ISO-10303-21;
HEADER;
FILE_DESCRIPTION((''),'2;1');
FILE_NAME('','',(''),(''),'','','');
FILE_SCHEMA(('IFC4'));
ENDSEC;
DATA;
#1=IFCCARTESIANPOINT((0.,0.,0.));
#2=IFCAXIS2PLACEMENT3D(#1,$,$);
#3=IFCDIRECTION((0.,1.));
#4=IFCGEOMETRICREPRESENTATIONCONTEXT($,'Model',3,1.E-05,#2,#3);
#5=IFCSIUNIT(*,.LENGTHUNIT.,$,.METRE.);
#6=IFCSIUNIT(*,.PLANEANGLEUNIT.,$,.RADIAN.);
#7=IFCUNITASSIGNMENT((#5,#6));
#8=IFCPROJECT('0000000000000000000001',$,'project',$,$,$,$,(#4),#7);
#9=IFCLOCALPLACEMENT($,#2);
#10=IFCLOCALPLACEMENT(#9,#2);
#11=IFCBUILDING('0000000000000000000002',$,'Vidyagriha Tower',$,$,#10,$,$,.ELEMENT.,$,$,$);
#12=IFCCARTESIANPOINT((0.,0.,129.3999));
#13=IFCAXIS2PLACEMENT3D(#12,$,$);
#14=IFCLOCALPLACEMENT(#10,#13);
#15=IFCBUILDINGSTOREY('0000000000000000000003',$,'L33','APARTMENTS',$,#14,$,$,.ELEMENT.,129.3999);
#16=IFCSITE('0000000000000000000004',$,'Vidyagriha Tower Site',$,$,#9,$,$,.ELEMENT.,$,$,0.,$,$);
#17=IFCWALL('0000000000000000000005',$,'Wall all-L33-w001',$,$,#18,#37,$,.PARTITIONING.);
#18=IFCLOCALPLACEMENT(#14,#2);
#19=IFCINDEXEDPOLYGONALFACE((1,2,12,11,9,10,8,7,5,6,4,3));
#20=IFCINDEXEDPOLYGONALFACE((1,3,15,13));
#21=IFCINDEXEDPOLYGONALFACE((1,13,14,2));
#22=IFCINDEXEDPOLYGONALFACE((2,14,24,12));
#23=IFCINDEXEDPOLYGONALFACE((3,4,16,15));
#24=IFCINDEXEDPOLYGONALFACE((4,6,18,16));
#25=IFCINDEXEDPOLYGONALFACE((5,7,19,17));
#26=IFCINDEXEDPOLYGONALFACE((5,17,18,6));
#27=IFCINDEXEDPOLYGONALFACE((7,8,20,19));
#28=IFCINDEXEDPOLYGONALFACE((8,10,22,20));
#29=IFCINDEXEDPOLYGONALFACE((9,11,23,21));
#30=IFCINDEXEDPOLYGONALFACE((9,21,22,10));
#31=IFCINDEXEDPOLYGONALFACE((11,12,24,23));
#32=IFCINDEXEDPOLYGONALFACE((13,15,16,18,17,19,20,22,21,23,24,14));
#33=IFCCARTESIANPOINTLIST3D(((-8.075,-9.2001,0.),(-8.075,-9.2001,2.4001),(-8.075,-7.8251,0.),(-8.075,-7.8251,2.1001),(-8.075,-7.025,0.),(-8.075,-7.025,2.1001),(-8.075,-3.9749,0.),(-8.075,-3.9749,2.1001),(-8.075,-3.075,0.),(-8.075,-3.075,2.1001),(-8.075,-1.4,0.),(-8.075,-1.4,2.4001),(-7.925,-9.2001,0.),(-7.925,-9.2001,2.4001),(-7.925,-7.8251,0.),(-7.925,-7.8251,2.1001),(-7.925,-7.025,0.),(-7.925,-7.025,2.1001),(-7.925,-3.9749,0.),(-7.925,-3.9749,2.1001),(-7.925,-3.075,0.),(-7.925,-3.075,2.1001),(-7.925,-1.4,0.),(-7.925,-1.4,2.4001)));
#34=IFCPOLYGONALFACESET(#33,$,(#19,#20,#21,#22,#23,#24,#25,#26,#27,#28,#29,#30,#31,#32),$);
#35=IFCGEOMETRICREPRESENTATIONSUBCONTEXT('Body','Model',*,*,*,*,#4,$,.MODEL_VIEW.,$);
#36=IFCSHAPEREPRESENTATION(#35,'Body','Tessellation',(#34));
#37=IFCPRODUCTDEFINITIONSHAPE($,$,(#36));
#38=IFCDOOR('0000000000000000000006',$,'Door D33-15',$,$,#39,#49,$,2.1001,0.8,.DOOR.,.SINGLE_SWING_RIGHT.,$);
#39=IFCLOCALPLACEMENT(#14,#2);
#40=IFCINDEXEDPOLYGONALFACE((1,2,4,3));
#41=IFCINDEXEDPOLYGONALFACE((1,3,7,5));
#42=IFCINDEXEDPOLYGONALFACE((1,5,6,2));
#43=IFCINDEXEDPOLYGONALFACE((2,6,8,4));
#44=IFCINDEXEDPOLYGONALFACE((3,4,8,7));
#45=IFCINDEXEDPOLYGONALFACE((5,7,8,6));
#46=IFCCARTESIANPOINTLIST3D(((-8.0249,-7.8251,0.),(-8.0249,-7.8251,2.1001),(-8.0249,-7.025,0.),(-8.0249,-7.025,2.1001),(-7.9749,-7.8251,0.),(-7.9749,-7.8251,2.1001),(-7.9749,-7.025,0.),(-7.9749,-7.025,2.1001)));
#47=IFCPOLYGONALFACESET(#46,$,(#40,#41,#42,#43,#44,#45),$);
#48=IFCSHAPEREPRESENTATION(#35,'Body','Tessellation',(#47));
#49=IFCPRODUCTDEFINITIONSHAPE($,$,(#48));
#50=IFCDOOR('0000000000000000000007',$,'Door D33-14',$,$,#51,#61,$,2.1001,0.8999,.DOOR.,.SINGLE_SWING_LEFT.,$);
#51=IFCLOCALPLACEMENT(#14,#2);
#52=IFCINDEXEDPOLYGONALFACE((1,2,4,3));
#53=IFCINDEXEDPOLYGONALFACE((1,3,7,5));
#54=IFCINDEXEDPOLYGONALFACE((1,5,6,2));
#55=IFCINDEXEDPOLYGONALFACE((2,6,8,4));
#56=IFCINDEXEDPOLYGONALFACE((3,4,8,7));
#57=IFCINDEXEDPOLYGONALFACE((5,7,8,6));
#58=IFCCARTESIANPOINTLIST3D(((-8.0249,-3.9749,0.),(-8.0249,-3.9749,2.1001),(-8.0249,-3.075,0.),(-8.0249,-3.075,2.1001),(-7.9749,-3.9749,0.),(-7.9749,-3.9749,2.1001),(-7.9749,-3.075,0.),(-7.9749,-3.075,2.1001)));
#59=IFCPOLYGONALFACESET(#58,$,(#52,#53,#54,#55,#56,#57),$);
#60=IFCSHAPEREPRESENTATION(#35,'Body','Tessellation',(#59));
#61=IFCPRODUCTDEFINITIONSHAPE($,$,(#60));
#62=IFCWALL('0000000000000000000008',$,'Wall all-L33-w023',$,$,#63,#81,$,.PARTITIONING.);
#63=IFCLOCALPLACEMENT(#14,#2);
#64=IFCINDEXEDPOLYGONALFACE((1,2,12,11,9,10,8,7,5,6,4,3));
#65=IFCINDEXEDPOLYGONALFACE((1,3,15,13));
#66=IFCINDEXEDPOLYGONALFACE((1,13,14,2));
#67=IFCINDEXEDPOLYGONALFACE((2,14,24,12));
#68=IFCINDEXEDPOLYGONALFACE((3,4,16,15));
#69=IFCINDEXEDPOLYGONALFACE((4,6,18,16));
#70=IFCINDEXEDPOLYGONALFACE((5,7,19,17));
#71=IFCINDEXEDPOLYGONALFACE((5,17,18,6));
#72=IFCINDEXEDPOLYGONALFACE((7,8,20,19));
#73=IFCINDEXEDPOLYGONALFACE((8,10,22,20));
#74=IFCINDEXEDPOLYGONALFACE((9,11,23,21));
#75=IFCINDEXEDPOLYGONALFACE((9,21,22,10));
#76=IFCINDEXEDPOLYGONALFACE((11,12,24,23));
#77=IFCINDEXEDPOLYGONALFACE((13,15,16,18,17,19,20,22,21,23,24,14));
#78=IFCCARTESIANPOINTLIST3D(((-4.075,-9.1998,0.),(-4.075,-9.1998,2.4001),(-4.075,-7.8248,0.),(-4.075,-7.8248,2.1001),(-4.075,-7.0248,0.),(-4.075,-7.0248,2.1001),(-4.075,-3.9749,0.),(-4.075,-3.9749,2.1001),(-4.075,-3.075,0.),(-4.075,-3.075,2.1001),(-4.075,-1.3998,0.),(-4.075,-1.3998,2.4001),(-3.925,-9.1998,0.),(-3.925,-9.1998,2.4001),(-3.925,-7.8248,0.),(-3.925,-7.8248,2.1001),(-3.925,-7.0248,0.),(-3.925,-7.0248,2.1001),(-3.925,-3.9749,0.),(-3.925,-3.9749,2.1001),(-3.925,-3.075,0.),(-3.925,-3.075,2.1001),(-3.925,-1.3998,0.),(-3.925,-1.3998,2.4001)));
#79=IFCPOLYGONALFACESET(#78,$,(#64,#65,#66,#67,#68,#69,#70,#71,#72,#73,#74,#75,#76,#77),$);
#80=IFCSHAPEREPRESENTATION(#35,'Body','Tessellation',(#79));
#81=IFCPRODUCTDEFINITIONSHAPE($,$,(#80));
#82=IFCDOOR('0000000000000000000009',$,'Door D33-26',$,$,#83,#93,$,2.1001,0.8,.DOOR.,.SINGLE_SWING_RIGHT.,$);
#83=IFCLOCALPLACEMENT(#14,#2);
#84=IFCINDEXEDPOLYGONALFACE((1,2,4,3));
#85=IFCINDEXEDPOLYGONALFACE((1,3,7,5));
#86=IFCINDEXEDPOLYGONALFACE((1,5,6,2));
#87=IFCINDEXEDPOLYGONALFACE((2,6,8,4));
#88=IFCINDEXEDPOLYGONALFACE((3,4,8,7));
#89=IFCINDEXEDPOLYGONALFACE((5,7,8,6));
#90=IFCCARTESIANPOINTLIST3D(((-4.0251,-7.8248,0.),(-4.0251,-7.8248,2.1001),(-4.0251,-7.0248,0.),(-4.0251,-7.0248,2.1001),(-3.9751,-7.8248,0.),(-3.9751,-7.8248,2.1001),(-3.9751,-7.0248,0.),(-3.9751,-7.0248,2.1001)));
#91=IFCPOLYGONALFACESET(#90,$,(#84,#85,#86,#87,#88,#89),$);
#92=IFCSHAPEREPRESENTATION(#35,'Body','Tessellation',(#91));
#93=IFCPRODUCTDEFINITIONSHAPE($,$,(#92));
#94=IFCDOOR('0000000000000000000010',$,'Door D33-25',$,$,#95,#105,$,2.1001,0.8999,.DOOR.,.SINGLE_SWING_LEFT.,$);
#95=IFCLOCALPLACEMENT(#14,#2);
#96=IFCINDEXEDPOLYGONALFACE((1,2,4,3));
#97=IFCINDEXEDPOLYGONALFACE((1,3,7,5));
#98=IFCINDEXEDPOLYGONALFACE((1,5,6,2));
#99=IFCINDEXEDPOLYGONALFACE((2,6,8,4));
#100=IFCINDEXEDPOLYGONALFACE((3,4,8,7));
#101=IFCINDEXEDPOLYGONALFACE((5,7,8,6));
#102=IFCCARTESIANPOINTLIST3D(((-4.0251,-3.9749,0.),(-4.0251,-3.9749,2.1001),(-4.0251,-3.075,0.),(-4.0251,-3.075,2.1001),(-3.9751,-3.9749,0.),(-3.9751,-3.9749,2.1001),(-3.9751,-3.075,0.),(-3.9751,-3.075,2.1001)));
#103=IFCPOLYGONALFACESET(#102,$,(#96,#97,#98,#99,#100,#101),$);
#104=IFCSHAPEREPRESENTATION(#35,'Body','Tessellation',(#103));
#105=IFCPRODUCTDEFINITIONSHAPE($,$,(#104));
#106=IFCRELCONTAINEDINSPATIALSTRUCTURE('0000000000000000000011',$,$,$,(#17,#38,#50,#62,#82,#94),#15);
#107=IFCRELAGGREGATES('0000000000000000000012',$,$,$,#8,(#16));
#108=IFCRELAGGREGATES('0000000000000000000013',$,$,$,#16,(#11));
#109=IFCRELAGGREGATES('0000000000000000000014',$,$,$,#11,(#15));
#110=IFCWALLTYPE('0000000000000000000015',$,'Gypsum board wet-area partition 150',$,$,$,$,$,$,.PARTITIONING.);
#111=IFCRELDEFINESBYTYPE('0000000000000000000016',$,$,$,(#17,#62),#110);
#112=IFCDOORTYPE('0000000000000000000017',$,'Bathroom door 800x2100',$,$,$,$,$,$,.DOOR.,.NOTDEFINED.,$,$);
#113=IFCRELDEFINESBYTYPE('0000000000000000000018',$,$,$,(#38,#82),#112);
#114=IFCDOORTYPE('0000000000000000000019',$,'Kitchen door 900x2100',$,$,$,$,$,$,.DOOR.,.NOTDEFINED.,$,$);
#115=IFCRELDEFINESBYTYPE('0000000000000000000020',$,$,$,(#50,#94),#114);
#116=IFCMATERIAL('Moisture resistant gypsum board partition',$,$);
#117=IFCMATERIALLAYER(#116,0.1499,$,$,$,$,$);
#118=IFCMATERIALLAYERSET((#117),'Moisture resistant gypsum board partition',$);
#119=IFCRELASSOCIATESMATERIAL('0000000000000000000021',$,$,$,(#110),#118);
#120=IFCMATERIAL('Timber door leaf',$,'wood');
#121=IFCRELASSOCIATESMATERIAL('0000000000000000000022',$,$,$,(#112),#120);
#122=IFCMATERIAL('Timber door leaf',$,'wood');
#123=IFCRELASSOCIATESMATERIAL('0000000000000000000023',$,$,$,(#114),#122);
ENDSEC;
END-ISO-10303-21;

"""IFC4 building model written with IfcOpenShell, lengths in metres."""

from ifc_helpers import new_model, si_unit, direction, frame, frame_2d, origin, place, context, subcontext, project, spatial, rectangle, extrude, material, layer, layer_set, type_object, element, fill, save


model = new_model("IFC4")

# Units and contexts
model_context = context("Model", 3, precision=1e-05, world=origin(), true_north=direction((0.0, 1.0)))
body_context = subcontext(model_context, "Body", "Model", "MODEL_VIEW")
ifc_project = project(units=[si_unit("LENGTHUNIT", "METRE"), si_unit("PLANEANGLEUNIT", "RADIAN")], contexts=[model_context])

# Site, building, storey
site_placement = place(None, origin())
site = spatial("IfcSite", under=ifc_project, at=site_placement, Name="Vidyagriha Tower Site", CompositionType="ELEMENT", RefElevation=0.0)
building_placement = place(site_placement, origin())
building = spatial("IfcBuilding", under=site, at=building_placement, Name="Vidyagriha Tower", CompositionType="ELEMENT")
storey_placement = place(building_placement, frame((0.0, 0.0, 129.3999)))
storey = spatial("IfcBuildingStorey", under=building, at=storey_placement, Name="L33", Description="APARTMENTS", CompositionType="ELEMENT", Elevation=129.3999)

# Walls, openings, doors
ifc_material_1 = material(Name="Moisture resistant gypsum board partition")
ifc_layer_1 = layer(ifc_material_1, 0.1499)
ifc_layer_set_1 = layer_set([ifc_layer_1], Name="Moisture resistant gypsum board partition")
wall_type_1 = type_object("IfcWallType", Name="Gypsum board wet-area partition 150", PredefinedType="PARTITIONING", material=ifc_layer_set_1)
wall_1_placement = place(storey_placement, frame((-8.0, -9.2, 0.0), z_axis=(0.0, 0.0, 1.0), x_axis=(0.0, 1.0, 0.0)))
wall_1 = element("IfcWall", 1, at=wall_1_placement, inside=storey, type_object=wall_type_1, Name="Wall all-L33-w001", PredefinedType="PARTITIONING", context=body_context, shape_type="SweptSolid", body=[
    extrude(rectangle(XDim=7.8, YDim=0.1499, at=frame_2d((3.8999, 0.0))), origin(), (0.0, 0.0, 1.0), 2.4001),
])
opening_1_placement = place(wall_1_placement, frame((5.2251, 0.0, 0.0)))
opening_1 = element("IfcOpeningElement", 2, at=opening_1_placement, cuts=wall_1, PredefinedType="OPENING", context=body_context, shape_type="SweptSolid", body=[
    extrude(rectangle(XDim=0.8999, YDim=2.1001, at=frame_2d((0.45, 1.05))), frame((0.0, 0.085, 0.0), z_axis=(0.0, -1.0, 0.0), x_axis=(1.0, 0.0, 0.0)), (0.0, 0.0, 1.0), 0.1699),
])
opening_2_placement = place(wall_1_placement, frame((1.375, 0.0, 0.0)))
opening_2 = element("IfcOpeningElement", 3, at=opening_2_placement, cuts=wall_1, PredefinedType="OPENING", context=body_context, shape_type="SweptSolid", body=[
    extrude(rectangle(XDim=0.8, YDim=2.1001, at=frame_2d((0.3999, 1.05))), frame((0.0, 0.085, 0.0), z_axis=(0.0, -1.0, 0.0), x_axis=(1.0, 0.0, 0.0)), (0.0, 0.0, 1.0), 0.1699),
])
ifc_material_2 = material(Name="Timber door leaf", Category="wood")
door_type_1 = type_object("IfcDoorType", Name="Bathroom door 800x2100", OperationType="NOTDEFINED", PredefinedType="DOOR", material=ifc_material_2)
door_1_placement = place(opening_2_placement, origin())
door_1 = element("IfcDoor", 4, at=door_1_placement, inside=storey, type_object=door_type_1, Name="Door D33-15", OperationType="SINGLE_SWING_RIGHT", OverallHeight=2.1001, OverallWidth=0.8, PredefinedType="DOOR", context=body_context, shape_type="SweptSolid", body=[
    extrude(rectangle(XDim=0.8, YDim=2.1001, at=frame_2d((0.3999, 1.05))), frame((0.0, 0.0249, 0.0), z_axis=(0.0, -1.0, 0.0), x_axis=(1.0, 0.0, 0.0)), (0.0, 0.0, 1.0), 0.05),
])
fill(opening_2, door_1)
ifc_material_3 = material(Name="Timber door leaf", Category="wood")
door_type_2 = type_object("IfcDoorType", Name="Kitchen door 900x2100", OperationType="NOTDEFINED", PredefinedType="DOOR", material=ifc_material_3)
door_2_placement = place(opening_1_placement, origin())
door_2 = element("IfcDoor", 5, at=door_2_placement, inside=storey, type_object=door_type_2, Name="Door D33-14", OperationType="SINGLE_SWING_LEFT", OverallHeight=2.1001, OverallWidth=0.8999, PredefinedType="DOOR", context=body_context, shape_type="SweptSolid", body=[
    extrude(rectangle(XDim=0.8999, YDim=2.1001, at=frame_2d((0.45, 1.05))), frame((0.0, 0.0249, 0.0), z_axis=(0.0, -1.0, 0.0), x_axis=(1.0, 0.0, 0.0)), (0.0, 0.0, 1.0), 0.05),
])
fill(opening_1, door_2)
wall_2_placement = place(storey_placement, frame((-4.0, -1.3999, 0.0), z_axis=(0.0, 0.0, 1.0), x_axis=(0.0, -1.0, 0.0)))
wall_2 = element("IfcWall", 6, at=wall_2_placement, inside=storey, type_object=wall_type_1, Name="Wall all-L33-w023", PredefinedType="PARTITIONING", context=body_context, shape_type="SweptSolid", body=[
    extrude(rectangle(XDim=7.8, YDim=0.1499, at=frame_2d((3.8999, 0.0))), origin(), (0.0, 0.0, 1.0), 2.4001),
])
opening_3_placement = place(wall_2_placement, frame((1.675, 0.0, 0.0)))
opening_3 = element("IfcOpeningElement", 7, at=opening_3_placement, cuts=wall_2, PredefinedType="OPENING", context=body_context, shape_type="SweptSolid", body=[
    extrude(rectangle(XDim=0.8999, YDim=2.1001, at=frame_2d((0.45, 1.05))), frame((0.0, 0.085, 0.0), z_axis=(0.0, -1.0, 0.0), x_axis=(1.0, 0.0, 0.0)), (0.0, 0.0, 1.0), 0.1699),
])
opening_4_placement = place(wall_2_placement, frame((5.625, 0.0, 0.0)))
opening_4 = element("IfcOpeningElement", 8, at=opening_4_placement, cuts=wall_2, PredefinedType="OPENING", context=body_context, shape_type="SweptSolid", body=[
    extrude(rectangle(XDim=0.8, YDim=2.1001, at=frame_2d((0.3999, 1.05))), frame((0.0, 0.085, 0.0), z_axis=(0.0, -1.0, 0.0), x_axis=(1.0, 0.0, 0.0)), (0.0, 0.0, 1.0), 0.1699),
])
door_3_placement = place(opening_4_placement, origin())
door_3 = element("IfcDoor", 9, at=door_3_placement, inside=storey, type_object=door_type_1, Name="Door D33-26", OperationType="SINGLE_SWING_RIGHT", OverallHeight=2.1001, OverallWidth=0.8, PredefinedType="DOOR", context=body_context, shape_type="SweptSolid", body=[
    extrude(rectangle(XDim=0.8, YDim=2.1001, at=frame_2d((0.3999, 1.05))), frame((0.0, 0.0249, 0.0), z_axis=(0.0, -1.0, 0.0), x_axis=(1.0, 0.0, 0.0)), (0.0, 0.0, 1.0), 0.05),
])
fill(opening_4, door_3)
door_4_placement = place(opening_3_placement, origin())
door_4 = element("IfcDoor", 10, at=door_4_placement, inside=storey, type_object=door_type_2, Name="Door D33-25", OperationType="SINGLE_SWING_LEFT", OverallHeight=2.1001, OverallWidth=0.8999, PredefinedType="DOOR", context=body_context, shape_type="SweptSolid", body=[
    extrude(rectangle(XDim=0.8999, YDim=2.1001, at=frame_2d((0.45, 1.05))), frame((0.0, 0.0249, 0.0), z_axis=(0.0, -1.0, 0.0), x_axis=(1.0, 0.0, 0.0)), (0.0, 0.0, 1.0), 0.05),
])
fill(opening_3, door_4)

save(model, "model.ifc")
